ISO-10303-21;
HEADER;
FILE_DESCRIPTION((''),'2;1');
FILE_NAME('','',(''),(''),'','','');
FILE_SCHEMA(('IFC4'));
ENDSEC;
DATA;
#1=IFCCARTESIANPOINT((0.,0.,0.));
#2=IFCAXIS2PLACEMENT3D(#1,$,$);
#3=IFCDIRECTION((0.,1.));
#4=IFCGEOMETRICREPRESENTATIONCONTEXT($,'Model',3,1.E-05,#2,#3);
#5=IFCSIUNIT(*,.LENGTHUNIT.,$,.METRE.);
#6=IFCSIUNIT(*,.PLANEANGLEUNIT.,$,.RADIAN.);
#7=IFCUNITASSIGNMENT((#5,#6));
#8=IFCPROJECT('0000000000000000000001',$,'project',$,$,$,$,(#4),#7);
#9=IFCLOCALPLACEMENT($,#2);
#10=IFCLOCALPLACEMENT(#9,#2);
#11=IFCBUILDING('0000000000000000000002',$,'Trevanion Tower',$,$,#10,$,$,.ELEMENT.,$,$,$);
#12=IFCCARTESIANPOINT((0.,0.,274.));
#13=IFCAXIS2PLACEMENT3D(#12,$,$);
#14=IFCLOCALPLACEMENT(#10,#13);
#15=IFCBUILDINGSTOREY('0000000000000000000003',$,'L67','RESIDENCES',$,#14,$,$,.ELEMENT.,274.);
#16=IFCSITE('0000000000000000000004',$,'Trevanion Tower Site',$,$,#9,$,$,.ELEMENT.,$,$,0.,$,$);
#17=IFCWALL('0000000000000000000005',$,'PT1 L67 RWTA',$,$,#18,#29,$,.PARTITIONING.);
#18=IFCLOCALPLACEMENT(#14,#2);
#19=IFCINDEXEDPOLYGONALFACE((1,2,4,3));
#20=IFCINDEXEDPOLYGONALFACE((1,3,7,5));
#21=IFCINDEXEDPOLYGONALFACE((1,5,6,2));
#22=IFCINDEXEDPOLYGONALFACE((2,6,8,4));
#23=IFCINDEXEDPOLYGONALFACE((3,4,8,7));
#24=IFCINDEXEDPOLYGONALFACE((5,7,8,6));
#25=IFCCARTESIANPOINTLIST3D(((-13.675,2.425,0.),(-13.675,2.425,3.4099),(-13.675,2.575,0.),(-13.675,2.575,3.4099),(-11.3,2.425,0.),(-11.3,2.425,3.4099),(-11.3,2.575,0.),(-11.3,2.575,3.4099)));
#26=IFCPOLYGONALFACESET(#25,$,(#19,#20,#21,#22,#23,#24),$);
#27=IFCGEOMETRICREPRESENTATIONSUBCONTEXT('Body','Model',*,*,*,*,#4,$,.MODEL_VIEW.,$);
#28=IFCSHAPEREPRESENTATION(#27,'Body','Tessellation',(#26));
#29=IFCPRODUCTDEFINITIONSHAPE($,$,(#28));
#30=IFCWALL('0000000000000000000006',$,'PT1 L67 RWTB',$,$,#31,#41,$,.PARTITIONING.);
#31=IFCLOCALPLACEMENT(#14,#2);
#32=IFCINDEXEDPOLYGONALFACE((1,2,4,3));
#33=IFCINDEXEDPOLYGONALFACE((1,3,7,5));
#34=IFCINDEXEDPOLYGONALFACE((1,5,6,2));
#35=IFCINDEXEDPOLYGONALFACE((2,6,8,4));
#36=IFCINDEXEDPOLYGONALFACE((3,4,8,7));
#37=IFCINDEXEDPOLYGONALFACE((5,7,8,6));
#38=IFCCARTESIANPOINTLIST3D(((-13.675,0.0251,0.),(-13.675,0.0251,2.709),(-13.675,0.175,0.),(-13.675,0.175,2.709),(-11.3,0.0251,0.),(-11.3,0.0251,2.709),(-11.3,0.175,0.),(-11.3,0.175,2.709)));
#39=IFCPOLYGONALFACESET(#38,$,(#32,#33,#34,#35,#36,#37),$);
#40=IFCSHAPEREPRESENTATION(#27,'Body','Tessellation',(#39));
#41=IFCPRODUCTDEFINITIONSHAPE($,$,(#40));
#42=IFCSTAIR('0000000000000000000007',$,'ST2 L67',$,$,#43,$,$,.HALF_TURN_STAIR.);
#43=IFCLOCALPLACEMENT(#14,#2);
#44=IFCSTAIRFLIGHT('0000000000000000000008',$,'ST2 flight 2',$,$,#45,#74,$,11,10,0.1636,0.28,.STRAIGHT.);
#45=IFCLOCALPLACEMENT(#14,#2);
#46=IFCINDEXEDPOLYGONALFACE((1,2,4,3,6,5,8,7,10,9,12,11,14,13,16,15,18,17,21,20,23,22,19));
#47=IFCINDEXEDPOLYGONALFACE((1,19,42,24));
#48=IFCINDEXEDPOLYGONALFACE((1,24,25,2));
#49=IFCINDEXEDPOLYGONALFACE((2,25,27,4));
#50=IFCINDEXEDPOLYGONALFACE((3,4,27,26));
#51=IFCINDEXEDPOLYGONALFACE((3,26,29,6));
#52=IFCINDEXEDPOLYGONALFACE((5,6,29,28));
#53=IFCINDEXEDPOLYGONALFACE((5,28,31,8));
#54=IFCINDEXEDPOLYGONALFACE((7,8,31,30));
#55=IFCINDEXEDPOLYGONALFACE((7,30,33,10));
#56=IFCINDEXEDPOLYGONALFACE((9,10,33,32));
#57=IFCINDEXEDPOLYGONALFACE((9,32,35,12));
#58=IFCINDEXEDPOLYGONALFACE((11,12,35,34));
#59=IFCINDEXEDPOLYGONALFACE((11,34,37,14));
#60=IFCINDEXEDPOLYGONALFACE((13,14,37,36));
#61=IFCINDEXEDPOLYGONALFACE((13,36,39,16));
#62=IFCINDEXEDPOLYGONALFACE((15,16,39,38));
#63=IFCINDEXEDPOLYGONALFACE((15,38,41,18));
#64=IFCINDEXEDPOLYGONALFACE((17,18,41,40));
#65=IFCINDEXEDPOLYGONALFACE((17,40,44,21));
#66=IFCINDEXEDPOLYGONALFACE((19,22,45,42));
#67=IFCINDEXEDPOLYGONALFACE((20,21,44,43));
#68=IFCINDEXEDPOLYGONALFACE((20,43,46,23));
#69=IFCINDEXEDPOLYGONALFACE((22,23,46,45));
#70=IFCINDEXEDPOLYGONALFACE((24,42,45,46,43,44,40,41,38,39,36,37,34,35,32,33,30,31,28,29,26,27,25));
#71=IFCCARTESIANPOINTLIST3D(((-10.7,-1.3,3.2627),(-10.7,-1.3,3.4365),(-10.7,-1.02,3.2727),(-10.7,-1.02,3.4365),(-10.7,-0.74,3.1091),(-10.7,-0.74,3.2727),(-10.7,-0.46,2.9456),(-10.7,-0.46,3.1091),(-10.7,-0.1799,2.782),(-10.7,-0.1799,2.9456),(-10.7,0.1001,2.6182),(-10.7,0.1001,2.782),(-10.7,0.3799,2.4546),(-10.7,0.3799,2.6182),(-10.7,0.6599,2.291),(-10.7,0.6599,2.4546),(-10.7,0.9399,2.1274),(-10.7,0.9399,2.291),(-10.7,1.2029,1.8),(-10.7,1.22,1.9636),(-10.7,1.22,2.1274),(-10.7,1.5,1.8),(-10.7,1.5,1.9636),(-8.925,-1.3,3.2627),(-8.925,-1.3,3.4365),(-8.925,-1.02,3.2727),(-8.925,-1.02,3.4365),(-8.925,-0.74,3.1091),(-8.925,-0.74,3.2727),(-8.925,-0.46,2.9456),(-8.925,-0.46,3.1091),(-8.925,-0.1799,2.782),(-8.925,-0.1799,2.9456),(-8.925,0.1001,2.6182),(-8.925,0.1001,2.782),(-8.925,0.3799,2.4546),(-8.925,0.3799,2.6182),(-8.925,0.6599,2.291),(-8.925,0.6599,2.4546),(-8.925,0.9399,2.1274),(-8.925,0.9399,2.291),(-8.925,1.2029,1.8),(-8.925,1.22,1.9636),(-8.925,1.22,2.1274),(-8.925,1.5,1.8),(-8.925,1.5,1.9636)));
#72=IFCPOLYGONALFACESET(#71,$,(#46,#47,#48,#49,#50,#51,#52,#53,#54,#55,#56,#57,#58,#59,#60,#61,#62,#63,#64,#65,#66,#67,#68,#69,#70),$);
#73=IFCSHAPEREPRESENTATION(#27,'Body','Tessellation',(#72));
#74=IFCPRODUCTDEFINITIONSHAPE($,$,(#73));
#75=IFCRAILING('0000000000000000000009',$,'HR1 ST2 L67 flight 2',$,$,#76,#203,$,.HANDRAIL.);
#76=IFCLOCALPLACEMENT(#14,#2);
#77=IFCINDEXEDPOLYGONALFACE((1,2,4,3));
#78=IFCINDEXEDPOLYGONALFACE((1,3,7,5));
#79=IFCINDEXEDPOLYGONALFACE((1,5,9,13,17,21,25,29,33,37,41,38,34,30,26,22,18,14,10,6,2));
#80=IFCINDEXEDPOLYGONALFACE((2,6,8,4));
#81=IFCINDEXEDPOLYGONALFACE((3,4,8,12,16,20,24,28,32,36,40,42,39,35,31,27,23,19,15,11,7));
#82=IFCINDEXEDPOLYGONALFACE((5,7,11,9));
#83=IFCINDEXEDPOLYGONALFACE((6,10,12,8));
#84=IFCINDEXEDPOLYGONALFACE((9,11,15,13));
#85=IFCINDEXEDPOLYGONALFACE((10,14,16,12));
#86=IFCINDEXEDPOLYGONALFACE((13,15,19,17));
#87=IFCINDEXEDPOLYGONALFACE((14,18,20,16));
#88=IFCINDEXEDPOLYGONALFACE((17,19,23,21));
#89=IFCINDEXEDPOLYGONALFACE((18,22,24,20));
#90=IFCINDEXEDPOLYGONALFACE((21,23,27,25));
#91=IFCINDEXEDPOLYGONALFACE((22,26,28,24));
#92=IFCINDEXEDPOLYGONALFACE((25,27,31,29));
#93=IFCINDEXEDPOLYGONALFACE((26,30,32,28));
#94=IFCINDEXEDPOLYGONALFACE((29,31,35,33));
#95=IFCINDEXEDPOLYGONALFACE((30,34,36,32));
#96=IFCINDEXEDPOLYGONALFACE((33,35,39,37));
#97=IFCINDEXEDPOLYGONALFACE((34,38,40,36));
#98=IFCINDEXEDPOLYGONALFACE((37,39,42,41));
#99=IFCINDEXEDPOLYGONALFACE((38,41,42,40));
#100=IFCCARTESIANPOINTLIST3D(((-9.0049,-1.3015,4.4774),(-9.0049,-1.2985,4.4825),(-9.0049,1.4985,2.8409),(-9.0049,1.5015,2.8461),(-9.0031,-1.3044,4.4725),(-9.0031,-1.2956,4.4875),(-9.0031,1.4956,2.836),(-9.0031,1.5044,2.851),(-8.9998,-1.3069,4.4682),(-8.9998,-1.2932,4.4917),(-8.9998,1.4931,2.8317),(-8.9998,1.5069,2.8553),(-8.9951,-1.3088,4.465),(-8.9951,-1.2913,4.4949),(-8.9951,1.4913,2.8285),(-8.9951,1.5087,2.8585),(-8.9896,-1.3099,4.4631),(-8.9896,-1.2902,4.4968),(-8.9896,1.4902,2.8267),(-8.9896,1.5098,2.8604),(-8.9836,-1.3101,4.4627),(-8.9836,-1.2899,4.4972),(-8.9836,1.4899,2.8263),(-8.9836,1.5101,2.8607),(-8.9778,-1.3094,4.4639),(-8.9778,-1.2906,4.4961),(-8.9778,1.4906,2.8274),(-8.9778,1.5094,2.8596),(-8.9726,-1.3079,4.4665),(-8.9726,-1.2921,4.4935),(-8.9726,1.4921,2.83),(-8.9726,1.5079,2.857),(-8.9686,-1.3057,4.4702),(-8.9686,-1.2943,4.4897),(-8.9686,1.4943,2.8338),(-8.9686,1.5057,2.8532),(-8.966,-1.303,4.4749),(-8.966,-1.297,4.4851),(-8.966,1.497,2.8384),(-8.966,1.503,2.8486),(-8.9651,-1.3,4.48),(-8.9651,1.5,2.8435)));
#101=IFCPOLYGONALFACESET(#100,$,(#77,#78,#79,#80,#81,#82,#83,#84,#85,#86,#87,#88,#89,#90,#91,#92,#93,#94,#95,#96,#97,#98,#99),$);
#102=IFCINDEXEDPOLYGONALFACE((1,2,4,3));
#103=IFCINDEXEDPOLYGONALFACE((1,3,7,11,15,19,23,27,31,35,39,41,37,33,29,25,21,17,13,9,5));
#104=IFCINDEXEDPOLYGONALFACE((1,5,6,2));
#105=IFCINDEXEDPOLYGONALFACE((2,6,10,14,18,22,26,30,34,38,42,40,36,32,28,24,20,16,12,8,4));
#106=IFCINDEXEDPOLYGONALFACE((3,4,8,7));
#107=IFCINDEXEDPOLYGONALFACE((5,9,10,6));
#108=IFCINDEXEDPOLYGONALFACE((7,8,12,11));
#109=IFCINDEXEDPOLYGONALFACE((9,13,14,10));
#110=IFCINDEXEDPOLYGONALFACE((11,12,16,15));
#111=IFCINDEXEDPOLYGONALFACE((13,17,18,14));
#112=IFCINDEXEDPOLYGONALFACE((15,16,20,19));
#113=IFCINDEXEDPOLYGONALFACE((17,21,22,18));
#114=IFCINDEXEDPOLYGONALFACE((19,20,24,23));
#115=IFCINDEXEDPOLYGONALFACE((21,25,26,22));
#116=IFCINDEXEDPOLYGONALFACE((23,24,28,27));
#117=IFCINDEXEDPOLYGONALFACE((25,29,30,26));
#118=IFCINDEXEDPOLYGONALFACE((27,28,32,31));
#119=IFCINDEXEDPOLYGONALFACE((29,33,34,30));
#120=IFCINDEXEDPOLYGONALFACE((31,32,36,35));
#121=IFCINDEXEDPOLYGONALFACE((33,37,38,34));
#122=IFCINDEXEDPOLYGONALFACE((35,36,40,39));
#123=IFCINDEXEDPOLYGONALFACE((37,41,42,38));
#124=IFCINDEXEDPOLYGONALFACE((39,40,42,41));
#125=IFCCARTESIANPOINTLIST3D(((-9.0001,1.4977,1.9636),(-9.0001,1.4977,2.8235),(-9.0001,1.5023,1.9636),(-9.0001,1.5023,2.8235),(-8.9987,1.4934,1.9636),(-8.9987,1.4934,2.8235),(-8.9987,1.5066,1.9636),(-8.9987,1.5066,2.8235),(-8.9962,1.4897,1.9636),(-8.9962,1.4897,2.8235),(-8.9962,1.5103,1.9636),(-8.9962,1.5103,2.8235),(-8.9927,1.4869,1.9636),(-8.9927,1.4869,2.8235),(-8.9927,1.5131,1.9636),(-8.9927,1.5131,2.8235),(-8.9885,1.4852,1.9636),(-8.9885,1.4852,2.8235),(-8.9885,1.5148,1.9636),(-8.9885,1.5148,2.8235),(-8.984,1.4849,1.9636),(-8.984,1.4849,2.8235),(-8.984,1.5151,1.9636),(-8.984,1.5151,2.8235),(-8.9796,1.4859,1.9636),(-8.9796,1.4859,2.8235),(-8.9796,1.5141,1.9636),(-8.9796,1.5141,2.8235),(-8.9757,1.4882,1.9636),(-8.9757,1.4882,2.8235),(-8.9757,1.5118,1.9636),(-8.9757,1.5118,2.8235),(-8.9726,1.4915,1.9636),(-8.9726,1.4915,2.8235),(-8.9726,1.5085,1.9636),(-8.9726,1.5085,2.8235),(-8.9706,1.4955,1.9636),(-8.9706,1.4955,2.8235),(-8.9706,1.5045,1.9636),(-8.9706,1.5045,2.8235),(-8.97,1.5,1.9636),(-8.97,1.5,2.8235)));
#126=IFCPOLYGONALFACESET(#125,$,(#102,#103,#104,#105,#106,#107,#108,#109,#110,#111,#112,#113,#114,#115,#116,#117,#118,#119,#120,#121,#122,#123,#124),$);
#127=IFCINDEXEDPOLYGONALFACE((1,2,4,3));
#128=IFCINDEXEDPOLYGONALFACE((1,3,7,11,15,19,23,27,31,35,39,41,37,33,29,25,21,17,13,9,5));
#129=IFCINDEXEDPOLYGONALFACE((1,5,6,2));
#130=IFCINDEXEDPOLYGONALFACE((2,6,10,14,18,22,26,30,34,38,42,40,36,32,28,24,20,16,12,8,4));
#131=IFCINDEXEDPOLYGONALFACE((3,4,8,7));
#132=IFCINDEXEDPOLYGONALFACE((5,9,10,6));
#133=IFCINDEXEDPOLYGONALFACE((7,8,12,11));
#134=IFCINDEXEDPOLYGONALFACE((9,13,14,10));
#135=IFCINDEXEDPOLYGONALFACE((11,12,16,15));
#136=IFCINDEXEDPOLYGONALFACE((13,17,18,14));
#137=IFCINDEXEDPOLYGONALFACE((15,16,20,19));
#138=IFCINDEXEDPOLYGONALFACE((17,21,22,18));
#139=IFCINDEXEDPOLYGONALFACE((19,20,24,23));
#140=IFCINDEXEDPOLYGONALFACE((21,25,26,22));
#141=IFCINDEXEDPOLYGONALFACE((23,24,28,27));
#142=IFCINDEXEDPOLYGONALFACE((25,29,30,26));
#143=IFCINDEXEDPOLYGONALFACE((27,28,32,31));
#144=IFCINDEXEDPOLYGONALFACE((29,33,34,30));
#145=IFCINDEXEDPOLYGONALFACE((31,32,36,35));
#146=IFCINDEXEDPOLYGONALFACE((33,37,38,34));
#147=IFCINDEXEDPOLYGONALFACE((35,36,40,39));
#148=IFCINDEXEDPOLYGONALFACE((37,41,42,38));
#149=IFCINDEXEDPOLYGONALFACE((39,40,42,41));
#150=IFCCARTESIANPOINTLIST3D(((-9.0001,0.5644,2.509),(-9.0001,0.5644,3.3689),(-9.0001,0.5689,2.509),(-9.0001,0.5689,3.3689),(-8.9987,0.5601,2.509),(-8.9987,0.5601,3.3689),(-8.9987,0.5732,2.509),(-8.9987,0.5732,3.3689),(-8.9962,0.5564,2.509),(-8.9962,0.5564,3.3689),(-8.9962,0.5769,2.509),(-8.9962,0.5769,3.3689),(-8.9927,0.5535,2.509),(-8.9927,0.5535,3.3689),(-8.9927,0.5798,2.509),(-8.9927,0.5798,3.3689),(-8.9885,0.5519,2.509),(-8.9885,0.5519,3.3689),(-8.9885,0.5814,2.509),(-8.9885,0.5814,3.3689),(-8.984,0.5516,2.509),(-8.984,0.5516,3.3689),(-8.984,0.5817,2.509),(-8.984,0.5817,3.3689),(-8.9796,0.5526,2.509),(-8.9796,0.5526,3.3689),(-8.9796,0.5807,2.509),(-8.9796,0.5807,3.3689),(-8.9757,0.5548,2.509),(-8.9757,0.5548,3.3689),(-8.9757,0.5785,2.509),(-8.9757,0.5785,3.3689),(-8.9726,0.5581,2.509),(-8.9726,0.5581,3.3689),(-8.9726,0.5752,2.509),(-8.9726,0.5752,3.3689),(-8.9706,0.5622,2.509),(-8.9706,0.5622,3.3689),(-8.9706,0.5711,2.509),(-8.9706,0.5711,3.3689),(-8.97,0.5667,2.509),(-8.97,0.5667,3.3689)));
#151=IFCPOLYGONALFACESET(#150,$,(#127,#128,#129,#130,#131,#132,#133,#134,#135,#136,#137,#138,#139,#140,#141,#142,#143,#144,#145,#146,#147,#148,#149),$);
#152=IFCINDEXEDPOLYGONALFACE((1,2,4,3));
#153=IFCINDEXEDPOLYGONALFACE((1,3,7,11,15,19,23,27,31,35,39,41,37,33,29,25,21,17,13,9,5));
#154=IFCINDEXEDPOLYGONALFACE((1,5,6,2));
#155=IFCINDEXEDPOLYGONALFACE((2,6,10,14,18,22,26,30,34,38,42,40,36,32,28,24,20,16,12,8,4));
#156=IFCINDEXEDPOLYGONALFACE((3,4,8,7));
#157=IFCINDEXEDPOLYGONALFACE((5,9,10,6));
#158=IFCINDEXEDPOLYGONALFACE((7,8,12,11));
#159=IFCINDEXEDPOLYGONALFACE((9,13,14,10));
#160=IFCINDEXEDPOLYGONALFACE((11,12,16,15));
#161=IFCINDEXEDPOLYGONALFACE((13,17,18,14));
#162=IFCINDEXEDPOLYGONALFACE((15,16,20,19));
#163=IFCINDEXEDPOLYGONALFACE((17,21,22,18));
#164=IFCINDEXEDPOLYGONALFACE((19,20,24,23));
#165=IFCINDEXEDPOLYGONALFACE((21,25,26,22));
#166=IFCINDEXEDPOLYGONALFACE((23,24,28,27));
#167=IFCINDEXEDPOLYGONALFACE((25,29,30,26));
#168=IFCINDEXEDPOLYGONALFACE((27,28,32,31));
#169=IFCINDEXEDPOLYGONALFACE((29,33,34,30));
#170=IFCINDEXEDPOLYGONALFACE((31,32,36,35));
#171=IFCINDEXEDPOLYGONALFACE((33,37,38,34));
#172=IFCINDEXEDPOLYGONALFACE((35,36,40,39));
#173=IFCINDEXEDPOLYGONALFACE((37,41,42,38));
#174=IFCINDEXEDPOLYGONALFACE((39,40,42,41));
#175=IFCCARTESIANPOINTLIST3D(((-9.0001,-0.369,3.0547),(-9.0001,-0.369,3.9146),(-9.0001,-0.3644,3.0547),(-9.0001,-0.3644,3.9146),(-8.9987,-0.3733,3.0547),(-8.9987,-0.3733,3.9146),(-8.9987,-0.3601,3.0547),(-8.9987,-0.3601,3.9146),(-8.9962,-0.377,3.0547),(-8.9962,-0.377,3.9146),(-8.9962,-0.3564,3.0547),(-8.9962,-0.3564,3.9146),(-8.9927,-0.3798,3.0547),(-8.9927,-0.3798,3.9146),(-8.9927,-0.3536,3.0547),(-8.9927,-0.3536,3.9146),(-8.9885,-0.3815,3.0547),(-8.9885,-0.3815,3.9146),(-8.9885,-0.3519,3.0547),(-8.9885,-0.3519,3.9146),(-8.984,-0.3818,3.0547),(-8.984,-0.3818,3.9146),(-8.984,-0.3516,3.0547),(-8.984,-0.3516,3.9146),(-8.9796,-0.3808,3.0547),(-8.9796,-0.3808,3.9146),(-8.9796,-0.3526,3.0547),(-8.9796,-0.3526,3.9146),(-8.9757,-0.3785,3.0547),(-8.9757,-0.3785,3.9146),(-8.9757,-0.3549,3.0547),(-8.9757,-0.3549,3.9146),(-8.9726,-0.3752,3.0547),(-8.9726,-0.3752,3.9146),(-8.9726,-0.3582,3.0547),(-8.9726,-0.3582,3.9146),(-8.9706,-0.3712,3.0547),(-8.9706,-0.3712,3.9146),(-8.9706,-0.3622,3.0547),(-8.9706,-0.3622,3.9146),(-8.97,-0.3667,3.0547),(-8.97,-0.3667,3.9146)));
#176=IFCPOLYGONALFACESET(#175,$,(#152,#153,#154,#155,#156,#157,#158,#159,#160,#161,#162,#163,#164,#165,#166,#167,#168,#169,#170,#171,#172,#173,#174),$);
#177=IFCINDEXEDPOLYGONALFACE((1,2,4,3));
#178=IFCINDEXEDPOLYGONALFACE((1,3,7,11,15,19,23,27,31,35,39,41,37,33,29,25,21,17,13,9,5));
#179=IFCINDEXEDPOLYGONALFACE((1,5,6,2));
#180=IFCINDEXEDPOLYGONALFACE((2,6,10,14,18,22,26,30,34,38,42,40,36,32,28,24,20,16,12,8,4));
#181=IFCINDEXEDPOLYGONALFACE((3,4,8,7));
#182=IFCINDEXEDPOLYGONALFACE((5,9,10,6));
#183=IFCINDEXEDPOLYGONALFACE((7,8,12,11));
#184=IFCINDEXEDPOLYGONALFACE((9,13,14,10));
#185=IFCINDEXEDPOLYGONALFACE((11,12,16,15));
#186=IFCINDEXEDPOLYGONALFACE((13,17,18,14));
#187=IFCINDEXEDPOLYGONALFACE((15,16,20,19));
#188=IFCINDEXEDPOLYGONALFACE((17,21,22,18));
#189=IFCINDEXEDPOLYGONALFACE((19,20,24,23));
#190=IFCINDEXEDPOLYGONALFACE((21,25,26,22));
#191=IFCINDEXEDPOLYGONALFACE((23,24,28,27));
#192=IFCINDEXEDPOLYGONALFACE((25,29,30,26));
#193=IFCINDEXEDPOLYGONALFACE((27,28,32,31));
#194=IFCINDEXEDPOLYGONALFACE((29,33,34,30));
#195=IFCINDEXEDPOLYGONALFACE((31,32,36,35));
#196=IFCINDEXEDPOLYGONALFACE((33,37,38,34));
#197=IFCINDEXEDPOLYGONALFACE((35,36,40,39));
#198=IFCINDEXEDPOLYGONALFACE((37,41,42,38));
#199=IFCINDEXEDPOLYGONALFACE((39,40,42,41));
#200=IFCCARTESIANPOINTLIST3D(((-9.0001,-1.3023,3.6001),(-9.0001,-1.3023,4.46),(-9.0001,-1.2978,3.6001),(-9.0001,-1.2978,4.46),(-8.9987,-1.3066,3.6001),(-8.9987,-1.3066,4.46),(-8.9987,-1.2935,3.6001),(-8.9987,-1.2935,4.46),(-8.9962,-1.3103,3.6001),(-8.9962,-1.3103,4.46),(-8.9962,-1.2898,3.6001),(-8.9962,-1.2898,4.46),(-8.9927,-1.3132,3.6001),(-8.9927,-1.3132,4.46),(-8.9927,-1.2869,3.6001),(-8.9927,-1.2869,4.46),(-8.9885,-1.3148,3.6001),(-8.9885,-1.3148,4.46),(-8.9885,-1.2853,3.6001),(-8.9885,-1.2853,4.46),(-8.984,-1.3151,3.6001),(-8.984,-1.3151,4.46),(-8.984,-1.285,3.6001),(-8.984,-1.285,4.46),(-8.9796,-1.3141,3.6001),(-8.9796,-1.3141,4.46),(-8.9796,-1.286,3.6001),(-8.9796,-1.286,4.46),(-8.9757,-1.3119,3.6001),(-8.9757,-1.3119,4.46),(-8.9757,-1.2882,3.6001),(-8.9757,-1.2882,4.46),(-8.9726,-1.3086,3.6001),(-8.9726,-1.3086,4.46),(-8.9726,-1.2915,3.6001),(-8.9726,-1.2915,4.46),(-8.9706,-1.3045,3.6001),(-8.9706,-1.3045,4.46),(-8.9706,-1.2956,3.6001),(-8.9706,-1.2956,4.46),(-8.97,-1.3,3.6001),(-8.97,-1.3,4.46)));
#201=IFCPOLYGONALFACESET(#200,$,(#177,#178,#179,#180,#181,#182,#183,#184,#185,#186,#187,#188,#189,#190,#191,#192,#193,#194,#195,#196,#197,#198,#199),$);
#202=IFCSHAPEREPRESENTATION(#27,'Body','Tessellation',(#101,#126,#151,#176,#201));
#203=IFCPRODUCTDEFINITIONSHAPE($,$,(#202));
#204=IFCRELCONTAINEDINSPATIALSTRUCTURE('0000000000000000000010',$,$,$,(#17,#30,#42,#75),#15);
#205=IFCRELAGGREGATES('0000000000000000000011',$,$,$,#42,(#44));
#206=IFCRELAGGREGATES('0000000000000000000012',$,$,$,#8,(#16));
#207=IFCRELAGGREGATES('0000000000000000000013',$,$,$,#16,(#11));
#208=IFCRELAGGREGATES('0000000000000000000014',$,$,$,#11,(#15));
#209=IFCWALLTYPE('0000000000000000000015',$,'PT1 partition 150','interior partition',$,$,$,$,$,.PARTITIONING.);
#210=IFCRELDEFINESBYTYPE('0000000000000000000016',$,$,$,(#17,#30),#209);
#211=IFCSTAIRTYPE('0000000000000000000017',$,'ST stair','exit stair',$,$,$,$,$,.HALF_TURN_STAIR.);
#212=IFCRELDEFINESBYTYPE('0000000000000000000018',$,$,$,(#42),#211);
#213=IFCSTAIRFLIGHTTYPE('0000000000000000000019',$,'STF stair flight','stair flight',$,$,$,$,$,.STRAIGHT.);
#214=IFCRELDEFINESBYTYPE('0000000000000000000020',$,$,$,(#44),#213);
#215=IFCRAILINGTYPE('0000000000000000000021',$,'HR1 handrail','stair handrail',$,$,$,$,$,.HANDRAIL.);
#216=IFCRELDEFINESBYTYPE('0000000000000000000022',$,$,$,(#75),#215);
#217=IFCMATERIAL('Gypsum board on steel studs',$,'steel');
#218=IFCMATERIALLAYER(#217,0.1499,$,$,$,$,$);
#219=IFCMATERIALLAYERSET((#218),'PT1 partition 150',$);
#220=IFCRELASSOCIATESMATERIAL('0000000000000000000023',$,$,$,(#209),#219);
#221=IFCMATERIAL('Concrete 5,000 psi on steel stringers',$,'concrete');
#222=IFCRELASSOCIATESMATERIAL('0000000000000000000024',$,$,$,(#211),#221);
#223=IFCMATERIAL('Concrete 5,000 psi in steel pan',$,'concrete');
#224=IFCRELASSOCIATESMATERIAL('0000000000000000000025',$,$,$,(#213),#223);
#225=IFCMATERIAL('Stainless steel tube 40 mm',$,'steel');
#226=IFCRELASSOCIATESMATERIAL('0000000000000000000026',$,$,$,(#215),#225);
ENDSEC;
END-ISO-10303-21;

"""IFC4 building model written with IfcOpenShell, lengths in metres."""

from ifc_helpers import new_model, si_unit, direction, frame, frame_2d, origin, origin_2d, place, context, subcontext, project, spatial, polyline, rectangle, circle, outline, extrude, material, layer, layer_set, type_object, element, aggregate, save


model = new_model("IFC4")

# Units and contexts
model_context = context("Model", 3, precision=1e-05, world=origin(), true_north=direction((0.0, 1.0)))
body_context = subcontext(model_context, "Body", "Model", "MODEL_VIEW")
ifc_project = project(units=[si_unit("LENGTHUNIT", "METRE"), si_unit("PLANEANGLEUNIT", "RADIAN")], contexts=[model_context])

# Site, building, storey
site_placement = place(None, origin())
site = spatial("IfcSite", under=ifc_project, at=site_placement, Name="Trevanion Tower Site", CompositionType="ELEMENT", RefElevation=0.0)
building_placement = place(site_placement, origin())
building = spatial("IfcBuilding", under=site, at=building_placement, Name="Trevanion Tower", CompositionType="ELEMENT")
storey_placement = place(building_placement, frame((0.0, 0.0, 274.0)))
storey = spatial("IfcBuildingStorey", under=building, at=storey_placement, Name="L67", Description="RESIDENCES", CompositionType="ELEMENT", Elevation=274.0)

# Shared definitions
ifc_material_1 = material(Name="Gypsum board on steel studs", Category="steel")
ifc_layer_1 = layer(ifc_material_1, 0.1499)
ifc_layer_set_1 = layer_set([ifc_layer_1], Name="PT1 partition 150")
wall_type = type_object("IfcWallType", Name="PT1 partition 150", Description="interior partition", PredefinedType="PARTITIONING", material=ifc_layer_set_1)

# Walls
wall_1_placement = place(storey_placement, frame((-11.3, 2.5, 0.0), z_axis=(0.0, 0.0, 1.0), x_axis=(-1.0, 0.0, 0.0)))
element("IfcWall", 1, at=wall_1_placement, inside=storey, type_object=wall_type, Name="PT1 L67 RWTA", PredefinedType="PARTITIONING", context=body_context, shape_type="SweptSolid", body=[
    extrude(rectangle(XDim=2.375, YDim=0.1499, at=frame_2d((1.1875, 0.0))), origin(), (0.0, 0.0, 1.0), 3.4099),
])
wall_2_placement = place(storey_placement, frame((-11.3, 0.1001, 0.0), z_axis=(0.0, 0.0, 1.0), x_axis=(-1.0, 0.0, 0.0)))
element("IfcWall", 2, at=wall_2_placement, inside=storey, type_object=wall_type, Name="PT1 L67 RWTB", PredefinedType="PARTITIONING", context=body_context, shape_type="SweptSolid", body=[
    extrude(rectangle(XDim=2.375, YDim=0.1499, at=frame_2d((1.1875, 0.0))), origin(), (0.0, 0.0, 1.0), 2.709),
])

# Stair, stair flight
ifc_material_2 = material(Name="Concrete 5,000 psi on steel stringers", Category="concrete")
stair_type = type_object("IfcStairType", Name="ST stair", Description="exit stair", PredefinedType="HALF_TURN_STAIR", material=ifc_material_2)
stair_placement = place(storey_placement, origin())
stair = element("IfcStair", 3, at=stair_placement, inside=storey, type_object=stair_type, Name="ST2 L67", PredefinedType="HALF_TURN_STAIR")
ifc_material_3 = material(Name="Concrete 5,000 psi in steel pan", Category="concrete")
stair_flight_type = type_object("IfcStairFlightType", Name="STF stair flight", Description="stair flight", PredefinedType="STRAIGHT", material=ifc_material_3)
stair_flight_placement = place(storey_placement, frame((-9.8125, 1.5, 1.8), z_axis=(0.0, 0.0, 1.0), x_axis=(0.0, -1.0, 0.0)))
stair_flight = element("IfcStairFlight", 4, at=stair_flight_placement, type_object=stair_flight_type, Name="ST2 flight 2", NumberOfRisers=11, NumberOfTreads=10, PredefinedType="STRAIGHT", RiserHeight=0.1636, TreadLength=0.28, context=body_context, shape_type="SweptSolid", body=[
    extrude(outline(polyline([(0.0, 0.0), (0.0, 0.1636), (0.28, 0.1636), (0.28, 0.3274), (0.5601, 0.3274), (0.5601, 0.491), (0.8401, 0.491), (0.8401, 0.6545), (1.1201, 0.6545), (1.1201, 0.8181), (1.3999, 0.8181), (1.3999, 0.9819), (1.6799, 0.9819), (1.6799, 1.1455), (1.96, 1.1455), (1.96, 1.3091), (2.24, 1.3091), (2.24, 1.4727), (2.52, 1.4727), (2.52, 1.6365), (2.8, 1.6365), (2.8, 1.8), (2.8, 1.4626), (0.2971, 0.0), (0.0, 0.0)])), frame((0.0, 0.8875, 0.0), z_axis=(0.0, -1.0, 0.0), x_axis=(1.0, 0.0, 0.0)), (0.0, 0.0, 1.0), 1.7749),
])
aggregate(stair, [stair_flight])

# Railing
ifc_material_4 = material(Name="Stainless steel tube 40 mm", Category="steel")
railing_type = type_object("IfcRailingType", Name="HR1 handrail", Description="stair handrail", PredefinedType="HANDRAIL", material=ifc_material_4)
for number, where, name in (
    (5, (-8.9851, 1.5, 1.9636), "HR1 ST2 L67 flight 2"),
):
    element("IfcRailing", number, at=place(storey_placement, frame(where)), inside=storey, type_object=railing_type, Name=name, PredefinedType="HANDRAIL", context=body_context, shape_type="SweptSolid", body=[
        extrude(circle(Radius=0.02, at=origin_2d()), frame((0.0, 0.0, 0.8799), z_axis=(0.0, -0.863361, 0.504587), x_axis=(1.0, 0.0, 0.0)), (0.0, 0.0, 1.0), 3.2432),
        extrude(circle(Radius=0.0151, at=origin_2d()), origin(), (0.0, 0.0, 1.0), 0.8599),
        extrude(circle(Radius=0.0151, at=origin_2d()), frame((0.0, -0.9333, 0.5454)), (0.0, 0.0, 1.0), 0.8599),
        extrude(circle(Radius=0.0151, at=origin_2d()), frame((0.0, -1.8667, 1.0911)), (0.0, 0.0, 1.0), 0.8599),
        extrude(circle(Radius=0.0151, at=origin_2d()), frame((0.0, -2.8, 1.6365)), (0.0, 0.0, 1.0), 0.8599),
    ])

save(model, "model.ifc")
